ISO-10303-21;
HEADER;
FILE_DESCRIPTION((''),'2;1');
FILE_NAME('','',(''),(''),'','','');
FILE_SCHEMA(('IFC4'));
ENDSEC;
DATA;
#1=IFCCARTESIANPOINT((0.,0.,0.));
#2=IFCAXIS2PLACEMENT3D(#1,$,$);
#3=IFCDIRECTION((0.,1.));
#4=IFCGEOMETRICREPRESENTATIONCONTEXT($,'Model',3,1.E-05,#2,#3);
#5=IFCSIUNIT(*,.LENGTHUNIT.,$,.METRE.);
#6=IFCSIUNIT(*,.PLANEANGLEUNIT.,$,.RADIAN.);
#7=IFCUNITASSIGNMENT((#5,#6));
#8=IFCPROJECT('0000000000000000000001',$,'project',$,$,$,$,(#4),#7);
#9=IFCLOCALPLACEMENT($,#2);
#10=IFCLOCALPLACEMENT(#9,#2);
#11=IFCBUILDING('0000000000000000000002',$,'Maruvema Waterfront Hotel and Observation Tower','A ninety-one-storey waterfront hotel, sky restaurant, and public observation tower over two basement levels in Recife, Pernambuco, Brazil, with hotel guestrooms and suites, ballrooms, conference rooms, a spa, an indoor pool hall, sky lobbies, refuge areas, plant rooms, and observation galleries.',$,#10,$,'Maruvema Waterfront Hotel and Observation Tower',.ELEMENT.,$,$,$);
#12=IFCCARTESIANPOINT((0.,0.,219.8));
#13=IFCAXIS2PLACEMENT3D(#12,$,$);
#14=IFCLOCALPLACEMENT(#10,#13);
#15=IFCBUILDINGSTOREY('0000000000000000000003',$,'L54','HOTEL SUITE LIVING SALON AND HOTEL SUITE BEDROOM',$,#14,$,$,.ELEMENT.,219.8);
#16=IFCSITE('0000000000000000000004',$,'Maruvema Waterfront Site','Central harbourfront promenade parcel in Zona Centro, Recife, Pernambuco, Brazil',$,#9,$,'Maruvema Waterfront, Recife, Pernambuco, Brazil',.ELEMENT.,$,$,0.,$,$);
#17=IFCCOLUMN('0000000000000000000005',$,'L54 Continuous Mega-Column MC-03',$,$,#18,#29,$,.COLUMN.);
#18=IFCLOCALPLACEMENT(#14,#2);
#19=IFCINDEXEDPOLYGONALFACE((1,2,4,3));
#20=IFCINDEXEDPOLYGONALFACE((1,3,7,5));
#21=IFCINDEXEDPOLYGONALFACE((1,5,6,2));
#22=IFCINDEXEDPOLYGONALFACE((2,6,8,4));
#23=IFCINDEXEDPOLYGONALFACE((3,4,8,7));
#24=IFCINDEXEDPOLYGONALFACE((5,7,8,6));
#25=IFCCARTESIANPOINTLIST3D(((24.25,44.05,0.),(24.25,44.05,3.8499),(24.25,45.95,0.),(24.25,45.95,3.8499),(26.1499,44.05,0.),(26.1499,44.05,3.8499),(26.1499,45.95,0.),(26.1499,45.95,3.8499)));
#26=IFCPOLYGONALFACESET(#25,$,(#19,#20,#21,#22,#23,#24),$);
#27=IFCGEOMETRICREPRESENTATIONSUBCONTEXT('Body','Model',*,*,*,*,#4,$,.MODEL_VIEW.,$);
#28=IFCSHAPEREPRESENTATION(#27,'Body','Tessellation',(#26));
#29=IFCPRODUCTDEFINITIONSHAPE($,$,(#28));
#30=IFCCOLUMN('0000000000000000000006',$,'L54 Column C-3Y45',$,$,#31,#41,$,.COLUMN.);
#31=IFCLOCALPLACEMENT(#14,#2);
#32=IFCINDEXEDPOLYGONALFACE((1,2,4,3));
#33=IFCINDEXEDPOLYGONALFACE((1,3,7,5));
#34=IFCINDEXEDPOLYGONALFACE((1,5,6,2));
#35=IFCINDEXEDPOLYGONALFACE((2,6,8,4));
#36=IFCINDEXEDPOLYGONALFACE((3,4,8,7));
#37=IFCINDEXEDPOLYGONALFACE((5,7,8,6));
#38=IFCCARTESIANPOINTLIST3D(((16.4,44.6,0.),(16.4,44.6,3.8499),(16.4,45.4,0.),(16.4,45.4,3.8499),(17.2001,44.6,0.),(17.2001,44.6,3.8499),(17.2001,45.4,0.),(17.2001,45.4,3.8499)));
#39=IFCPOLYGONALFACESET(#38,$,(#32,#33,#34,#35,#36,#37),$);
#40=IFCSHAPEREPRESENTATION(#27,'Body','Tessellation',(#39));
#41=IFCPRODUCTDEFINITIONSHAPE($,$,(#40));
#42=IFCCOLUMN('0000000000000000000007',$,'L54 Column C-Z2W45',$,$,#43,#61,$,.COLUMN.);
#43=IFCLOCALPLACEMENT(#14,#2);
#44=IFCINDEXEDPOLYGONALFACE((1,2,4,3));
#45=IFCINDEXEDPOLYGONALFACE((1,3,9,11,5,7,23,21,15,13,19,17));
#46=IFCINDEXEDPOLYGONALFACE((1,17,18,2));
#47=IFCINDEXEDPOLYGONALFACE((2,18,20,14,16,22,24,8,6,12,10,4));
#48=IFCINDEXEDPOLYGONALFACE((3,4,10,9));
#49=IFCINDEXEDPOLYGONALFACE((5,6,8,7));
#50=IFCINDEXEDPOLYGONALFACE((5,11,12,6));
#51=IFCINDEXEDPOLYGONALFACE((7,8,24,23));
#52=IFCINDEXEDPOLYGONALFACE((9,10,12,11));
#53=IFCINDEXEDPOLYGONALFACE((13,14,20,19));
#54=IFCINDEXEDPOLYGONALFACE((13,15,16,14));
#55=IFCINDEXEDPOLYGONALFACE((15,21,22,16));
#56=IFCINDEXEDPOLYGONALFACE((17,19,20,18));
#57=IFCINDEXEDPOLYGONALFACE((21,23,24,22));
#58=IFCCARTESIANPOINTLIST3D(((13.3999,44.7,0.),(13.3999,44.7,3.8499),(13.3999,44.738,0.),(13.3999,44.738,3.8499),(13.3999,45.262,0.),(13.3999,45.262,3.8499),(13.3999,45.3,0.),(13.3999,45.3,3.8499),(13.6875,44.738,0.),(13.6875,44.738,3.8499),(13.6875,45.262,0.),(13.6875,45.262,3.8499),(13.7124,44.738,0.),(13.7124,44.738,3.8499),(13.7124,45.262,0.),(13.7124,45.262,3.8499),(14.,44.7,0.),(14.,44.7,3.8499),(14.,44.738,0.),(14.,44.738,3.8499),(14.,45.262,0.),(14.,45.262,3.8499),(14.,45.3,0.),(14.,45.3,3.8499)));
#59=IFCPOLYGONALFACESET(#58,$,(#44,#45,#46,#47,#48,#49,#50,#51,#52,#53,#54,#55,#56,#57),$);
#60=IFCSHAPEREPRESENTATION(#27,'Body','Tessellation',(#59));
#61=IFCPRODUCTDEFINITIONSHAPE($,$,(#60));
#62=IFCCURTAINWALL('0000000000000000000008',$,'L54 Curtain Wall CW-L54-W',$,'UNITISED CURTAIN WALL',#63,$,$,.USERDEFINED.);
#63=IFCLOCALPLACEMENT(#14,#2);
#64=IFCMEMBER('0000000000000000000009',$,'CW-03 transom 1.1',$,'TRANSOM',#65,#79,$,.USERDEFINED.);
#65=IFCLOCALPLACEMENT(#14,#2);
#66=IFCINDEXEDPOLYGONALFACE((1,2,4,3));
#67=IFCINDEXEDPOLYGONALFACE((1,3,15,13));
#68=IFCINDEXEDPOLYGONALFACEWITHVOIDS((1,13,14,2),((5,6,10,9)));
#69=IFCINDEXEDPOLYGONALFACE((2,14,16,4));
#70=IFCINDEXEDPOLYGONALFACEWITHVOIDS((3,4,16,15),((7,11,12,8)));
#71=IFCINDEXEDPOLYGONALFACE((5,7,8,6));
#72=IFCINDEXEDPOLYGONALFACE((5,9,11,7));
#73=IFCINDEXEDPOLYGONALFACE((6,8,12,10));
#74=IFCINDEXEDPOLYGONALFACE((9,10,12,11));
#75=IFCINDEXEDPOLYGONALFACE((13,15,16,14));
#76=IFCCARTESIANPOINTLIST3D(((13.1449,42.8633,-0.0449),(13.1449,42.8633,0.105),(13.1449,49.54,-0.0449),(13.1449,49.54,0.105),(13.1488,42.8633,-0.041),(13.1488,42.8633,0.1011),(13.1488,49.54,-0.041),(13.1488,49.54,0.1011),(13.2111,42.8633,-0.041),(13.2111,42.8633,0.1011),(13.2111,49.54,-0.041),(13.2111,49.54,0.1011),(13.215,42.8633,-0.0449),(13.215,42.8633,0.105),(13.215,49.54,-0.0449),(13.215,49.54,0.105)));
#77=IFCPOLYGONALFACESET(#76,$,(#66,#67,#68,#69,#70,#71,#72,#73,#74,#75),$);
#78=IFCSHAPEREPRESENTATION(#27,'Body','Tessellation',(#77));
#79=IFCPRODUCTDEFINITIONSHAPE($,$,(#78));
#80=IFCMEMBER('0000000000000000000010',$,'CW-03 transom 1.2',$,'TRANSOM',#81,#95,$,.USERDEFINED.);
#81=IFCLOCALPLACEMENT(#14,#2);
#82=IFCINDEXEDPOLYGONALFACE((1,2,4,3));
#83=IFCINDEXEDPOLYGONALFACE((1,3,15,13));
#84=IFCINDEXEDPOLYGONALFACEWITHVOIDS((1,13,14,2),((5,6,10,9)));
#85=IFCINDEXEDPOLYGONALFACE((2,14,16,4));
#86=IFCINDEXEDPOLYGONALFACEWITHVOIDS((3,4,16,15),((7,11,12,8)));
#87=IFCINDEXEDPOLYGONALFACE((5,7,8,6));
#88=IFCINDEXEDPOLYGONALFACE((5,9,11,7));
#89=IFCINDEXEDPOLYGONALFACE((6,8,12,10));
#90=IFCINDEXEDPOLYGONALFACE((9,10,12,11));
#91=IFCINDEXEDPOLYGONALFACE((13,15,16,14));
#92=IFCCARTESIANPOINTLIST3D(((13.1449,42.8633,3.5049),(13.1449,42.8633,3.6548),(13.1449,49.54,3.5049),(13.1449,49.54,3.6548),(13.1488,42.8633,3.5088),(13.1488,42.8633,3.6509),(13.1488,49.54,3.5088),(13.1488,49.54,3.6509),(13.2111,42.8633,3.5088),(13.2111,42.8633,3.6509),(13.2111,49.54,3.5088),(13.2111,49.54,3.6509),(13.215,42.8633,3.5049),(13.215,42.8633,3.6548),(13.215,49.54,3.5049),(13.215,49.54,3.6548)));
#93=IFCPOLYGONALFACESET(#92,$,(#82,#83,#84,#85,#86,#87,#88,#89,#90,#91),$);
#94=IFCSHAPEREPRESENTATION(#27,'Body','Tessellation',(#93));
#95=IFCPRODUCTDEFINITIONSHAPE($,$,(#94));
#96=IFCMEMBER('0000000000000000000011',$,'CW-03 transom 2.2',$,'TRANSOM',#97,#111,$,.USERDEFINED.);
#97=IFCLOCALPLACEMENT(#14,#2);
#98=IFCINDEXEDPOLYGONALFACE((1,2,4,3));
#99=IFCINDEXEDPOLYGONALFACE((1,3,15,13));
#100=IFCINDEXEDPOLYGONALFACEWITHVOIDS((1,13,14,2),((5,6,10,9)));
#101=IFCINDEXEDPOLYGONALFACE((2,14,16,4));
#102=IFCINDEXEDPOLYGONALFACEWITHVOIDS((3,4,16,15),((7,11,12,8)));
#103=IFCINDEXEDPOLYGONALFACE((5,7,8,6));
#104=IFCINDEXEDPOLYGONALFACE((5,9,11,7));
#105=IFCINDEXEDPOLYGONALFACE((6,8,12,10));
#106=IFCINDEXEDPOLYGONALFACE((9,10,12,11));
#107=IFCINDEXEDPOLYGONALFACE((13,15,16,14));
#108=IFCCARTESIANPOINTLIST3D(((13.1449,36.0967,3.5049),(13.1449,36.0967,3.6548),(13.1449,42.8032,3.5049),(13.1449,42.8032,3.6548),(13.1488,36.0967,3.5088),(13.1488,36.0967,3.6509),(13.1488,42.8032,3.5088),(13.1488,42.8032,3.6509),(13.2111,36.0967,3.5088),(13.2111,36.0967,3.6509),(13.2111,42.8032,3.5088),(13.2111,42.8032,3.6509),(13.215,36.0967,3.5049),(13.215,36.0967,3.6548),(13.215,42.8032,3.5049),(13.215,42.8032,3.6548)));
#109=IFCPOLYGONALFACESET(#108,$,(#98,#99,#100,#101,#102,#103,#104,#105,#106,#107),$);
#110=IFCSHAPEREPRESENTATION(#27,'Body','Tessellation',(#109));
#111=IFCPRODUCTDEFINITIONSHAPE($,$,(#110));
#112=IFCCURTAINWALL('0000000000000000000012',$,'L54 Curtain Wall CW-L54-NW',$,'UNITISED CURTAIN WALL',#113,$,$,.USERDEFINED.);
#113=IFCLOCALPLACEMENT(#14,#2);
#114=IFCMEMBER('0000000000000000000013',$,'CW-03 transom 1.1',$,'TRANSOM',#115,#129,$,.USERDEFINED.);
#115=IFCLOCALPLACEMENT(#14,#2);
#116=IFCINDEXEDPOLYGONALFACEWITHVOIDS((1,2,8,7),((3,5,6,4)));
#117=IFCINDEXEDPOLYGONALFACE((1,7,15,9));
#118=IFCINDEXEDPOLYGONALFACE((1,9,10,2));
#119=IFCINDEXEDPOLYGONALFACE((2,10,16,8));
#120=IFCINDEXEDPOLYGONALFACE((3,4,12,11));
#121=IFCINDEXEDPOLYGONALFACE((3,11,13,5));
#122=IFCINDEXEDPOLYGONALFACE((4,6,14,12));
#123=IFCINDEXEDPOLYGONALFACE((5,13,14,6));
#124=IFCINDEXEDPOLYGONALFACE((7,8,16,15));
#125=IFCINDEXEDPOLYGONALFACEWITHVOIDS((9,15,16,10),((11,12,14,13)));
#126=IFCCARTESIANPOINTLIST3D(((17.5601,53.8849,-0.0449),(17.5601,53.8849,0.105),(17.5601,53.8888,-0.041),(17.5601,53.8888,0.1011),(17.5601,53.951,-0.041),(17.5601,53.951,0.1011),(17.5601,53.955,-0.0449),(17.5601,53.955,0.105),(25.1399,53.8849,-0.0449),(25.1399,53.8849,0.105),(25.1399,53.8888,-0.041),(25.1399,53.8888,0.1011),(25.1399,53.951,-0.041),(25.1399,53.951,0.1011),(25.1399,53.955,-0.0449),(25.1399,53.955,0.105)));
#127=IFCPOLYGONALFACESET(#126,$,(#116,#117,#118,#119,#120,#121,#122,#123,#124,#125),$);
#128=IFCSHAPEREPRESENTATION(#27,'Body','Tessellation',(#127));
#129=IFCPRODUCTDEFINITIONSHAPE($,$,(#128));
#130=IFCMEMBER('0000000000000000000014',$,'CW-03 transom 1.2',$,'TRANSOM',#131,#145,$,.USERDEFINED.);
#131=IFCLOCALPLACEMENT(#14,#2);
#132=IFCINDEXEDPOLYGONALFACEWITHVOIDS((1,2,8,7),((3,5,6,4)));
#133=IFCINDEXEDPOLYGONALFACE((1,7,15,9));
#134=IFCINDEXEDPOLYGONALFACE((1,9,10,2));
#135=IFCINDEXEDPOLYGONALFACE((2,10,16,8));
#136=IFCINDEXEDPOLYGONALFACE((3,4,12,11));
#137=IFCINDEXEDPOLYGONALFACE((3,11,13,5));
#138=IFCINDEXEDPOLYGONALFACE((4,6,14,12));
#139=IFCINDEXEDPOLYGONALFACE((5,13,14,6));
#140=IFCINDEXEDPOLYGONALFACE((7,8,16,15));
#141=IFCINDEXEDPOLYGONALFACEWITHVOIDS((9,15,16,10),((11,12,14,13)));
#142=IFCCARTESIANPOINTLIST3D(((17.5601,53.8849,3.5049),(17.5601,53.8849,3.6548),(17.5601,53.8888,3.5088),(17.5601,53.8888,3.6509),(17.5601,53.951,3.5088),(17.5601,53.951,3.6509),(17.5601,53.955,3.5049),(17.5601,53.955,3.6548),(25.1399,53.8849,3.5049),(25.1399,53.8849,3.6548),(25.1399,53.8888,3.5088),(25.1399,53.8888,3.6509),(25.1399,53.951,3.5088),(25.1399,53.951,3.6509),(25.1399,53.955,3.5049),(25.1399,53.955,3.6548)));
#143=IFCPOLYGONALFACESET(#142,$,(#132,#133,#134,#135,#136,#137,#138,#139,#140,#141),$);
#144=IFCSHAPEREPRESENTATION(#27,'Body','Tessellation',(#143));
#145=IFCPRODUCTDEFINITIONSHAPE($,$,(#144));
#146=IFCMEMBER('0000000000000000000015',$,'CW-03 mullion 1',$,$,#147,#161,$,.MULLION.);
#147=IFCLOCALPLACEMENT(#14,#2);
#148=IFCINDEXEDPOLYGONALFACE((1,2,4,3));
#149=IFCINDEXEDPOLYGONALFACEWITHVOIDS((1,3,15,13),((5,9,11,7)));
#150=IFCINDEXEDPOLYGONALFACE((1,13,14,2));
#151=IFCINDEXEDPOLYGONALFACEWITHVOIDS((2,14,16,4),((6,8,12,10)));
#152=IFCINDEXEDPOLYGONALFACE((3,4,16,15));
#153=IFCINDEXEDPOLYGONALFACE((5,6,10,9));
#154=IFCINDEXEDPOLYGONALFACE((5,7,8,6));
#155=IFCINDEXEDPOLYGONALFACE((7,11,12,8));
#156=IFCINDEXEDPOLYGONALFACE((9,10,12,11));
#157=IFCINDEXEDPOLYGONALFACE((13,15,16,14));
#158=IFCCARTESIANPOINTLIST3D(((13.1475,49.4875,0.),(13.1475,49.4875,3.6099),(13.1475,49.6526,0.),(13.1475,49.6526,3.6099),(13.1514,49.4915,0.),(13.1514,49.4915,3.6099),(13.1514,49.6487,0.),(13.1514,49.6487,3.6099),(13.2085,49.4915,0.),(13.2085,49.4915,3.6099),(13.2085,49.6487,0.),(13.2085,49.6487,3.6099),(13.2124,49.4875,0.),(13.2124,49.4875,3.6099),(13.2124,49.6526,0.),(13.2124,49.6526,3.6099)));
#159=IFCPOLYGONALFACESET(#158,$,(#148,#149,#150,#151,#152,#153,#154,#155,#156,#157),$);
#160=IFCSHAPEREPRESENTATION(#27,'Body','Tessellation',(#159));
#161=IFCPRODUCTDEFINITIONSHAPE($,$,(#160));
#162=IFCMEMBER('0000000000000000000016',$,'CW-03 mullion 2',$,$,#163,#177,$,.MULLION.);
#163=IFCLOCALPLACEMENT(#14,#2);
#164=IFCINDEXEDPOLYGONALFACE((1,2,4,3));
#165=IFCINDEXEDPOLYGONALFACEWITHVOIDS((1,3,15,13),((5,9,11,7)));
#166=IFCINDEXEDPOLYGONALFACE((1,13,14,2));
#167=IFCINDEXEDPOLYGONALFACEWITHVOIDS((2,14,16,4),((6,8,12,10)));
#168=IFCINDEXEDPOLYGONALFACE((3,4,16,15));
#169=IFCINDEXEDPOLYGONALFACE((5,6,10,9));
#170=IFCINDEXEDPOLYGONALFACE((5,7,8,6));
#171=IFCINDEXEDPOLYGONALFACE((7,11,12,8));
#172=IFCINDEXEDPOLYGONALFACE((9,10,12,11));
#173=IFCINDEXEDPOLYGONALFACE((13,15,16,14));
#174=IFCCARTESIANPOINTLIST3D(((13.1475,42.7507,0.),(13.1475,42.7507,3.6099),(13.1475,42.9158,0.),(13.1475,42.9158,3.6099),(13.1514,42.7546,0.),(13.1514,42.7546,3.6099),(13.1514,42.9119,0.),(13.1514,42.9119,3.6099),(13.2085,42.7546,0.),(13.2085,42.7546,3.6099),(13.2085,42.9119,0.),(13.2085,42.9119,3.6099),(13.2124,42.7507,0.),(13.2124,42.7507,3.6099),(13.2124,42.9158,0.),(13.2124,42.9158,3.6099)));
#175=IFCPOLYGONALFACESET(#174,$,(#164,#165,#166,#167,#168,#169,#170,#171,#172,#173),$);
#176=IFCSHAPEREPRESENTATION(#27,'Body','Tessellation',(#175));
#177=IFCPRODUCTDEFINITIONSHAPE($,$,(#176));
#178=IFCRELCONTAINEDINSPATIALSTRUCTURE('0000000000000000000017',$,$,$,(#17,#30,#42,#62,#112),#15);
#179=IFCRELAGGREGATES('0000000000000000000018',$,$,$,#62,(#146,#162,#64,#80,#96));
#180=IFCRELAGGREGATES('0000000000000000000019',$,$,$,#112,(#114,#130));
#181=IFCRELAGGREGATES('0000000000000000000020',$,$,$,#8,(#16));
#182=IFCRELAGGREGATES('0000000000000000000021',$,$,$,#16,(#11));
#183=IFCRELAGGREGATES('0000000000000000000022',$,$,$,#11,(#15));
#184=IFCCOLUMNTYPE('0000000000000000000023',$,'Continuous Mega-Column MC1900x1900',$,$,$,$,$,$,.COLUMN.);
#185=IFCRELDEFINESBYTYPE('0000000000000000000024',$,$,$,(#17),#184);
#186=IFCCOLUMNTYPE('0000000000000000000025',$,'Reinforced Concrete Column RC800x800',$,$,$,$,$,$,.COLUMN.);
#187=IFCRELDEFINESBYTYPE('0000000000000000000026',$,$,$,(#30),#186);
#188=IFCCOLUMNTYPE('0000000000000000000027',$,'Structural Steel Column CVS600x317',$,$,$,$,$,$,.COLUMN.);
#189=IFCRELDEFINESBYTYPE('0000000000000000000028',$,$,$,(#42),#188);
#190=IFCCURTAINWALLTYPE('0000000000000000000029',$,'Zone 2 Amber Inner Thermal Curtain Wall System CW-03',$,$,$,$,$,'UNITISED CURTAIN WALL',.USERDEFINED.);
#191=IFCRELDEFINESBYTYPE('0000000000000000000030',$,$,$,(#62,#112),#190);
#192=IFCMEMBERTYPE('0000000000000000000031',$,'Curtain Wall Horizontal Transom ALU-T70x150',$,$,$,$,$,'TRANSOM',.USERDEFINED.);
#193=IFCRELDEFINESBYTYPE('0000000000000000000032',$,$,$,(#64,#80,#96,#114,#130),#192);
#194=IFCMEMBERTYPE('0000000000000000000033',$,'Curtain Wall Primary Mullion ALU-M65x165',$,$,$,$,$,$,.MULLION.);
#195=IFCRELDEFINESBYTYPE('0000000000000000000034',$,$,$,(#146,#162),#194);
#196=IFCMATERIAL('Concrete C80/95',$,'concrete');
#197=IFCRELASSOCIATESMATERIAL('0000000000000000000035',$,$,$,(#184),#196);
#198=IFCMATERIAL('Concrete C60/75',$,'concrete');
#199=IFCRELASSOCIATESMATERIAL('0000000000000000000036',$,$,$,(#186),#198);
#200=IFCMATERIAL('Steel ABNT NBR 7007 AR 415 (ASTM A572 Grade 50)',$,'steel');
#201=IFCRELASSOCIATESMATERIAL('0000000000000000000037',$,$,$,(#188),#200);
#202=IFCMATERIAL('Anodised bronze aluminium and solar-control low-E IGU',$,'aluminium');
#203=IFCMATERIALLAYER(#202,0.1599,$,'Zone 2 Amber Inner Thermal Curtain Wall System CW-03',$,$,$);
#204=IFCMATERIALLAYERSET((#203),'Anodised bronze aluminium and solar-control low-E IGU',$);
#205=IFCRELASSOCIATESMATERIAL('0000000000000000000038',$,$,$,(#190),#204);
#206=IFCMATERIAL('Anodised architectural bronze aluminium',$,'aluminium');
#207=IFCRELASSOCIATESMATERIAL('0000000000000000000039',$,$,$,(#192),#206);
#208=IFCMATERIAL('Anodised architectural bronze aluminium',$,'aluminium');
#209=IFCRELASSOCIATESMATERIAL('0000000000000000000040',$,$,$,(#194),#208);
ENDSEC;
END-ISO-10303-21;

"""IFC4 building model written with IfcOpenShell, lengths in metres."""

from ifc_helpers import new_model, si_unit, direction, frame, origin, origin_2d, place, context, subcontext, project, spatial, rectangle, hollow_rectangle, i_section, extrude, material, layer, layer_set, material_profile, profile_set, type_object, element, aggregate, save


model = new_model("IFC4")

# Units and contexts
model_context = context("Model", 3, precision=1e-05, world=origin(), true_north=direction((0.0, 1.0)))
body_context = subcontext(model_context, "Body", "Model", "MODEL_VIEW")
ifc_project = project(units=[si_unit("LENGTHUNIT", "METRE"), si_unit("PLANEANGLEUNIT", "RADIAN")], contexts=[model_context])

# Site, building, storey
site_placement = place(None, origin())
site = spatial("IfcSite", under=ifc_project, at=site_placement, Name="Maruvema Waterfront Site", Description="Central harbourfront promenade parcel in Zona Centro, Recife, Pernambuco, Brazil", LongName="Maruvema Waterfront, Recife, Pernambuco, Brazil", CompositionType="ELEMENT", RefElevation=0.0)
building_placement = place(site_placement, origin())
building = spatial("IfcBuilding", under=site, at=building_placement, Name="Maruvema Waterfront Hotel and Observation Tower", Description="A ninety-one-storey waterfront hotel, sky restaurant, and public observation tower over two basement levels in Recife, Pernambuco, Brazil, with hotel guestrooms and suites, ballrooms, conference rooms, a spa, an indoor pool hall, sky lobbies, refuge areas, plant rooms, and observation galleries.", LongName="Maruvema Waterfront Hotel and Observation Tower", CompositionType="ELEMENT")
storey_placement = place(building_placement, frame((0.0, 0.0, 219.8)))
storey = spatial("IfcBuildingStorey", under=building, at=storey_placement, Name="L54", Description="HOTEL SUITE LIVING SALON AND HOTEL SUITE BEDROOM", CompositionType="ELEMENT", Elevation=219.8)

# Columns
ifc_material_1 = material(Name="Concrete C80/95", Category="concrete")
ifc_material_profile_1 = material_profile(ifc_material_1, rectangle(XDim=1.8999, YDim=1.8999, at=origin_2d()), Name="MC1900x1900")
ifc_profile_set_1 = profile_set([ifc_material_profile_1], Name="Concrete C80/95")
column_type_1 = type_object("IfcColumnType", Name="Continuous Mega-Column MC1900x1900", PredefinedType="COLUMN", material=ifc_profile_set_1)
column_1_placement = place(storey_placement, frame((25.2, 45.0, 0.0), z_axis=(0.0, 0.0, 1.0), x_axis=(1.0, 0.0, 0.0)))
element("IfcColumn", 1, at=column_1_placement, inside=storey, type_object=column_type_1, Name="L54 Continuous Mega-Column MC-03", PredefinedType="COLUMN", context=body_context, shape_type="SweptSolid", body=[
    extrude(rectangle(XDim=1.8999, YDim=1.8999, at=origin_2d()), origin(), (0.0, 0.0, 1.0), 3.8499),
])
ifc_material_2 = material(Name="Concrete C60/75", Category="concrete")
ifc_material_profile_2 = material_profile(ifc_material_2, rectangle(XDim=0.8, YDim=0.8, at=origin_2d()), Name="RC800x800")
ifc_profile_set_2 = profile_set([ifc_material_profile_2], Name="Concrete C60/75")
column_type_2 = type_object("IfcColumnType", Name="Reinforced Concrete Column RC800x800", PredefinedType="COLUMN", material=ifc_profile_set_2)
column_2_placement = place(storey_placement, frame((16.8, 45.0, 0.0), z_axis=(0.0, 0.0, 1.0), x_axis=(1.0, 0.0, 0.0)))
element("IfcColumn", 2, at=column_2_placement, inside=storey, type_object=column_type_2, Name="L54 Column C-3Y45", PredefinedType="COLUMN", context=body_context, shape_type="SweptSolid", body=[
    extrude(rectangle(XDim=0.8, YDim=0.8, at=origin_2d()), origin(), (0.0, 0.0, 1.0), 3.8499),
])
ifc_material_3 = material(Name="Steel ABNT NBR 7007 AR 415 (ASTM A572 Grade 50)", Category="steel")
ifc_material_profile_3 = material_profile(ifc_material_3, i_section(OverallWidth=0.6001, OverallDepth=0.6001, WebThickness=0.0249, FlangeThickness=0.0381, at=origin_2d()), Name="CVS600x317")
ifc_profile_set_3 = profile_set([ifc_material_profile_3], Name="Steel ABNT NBR 7007 AR 415 (ASTM A572 Grade 50)")
column_type_3 = type_object("IfcColumnType", Name="Structural Steel Column CVS600x317", PredefinedType="COLUMN", material=ifc_profile_set_3)
column_3_placement = place(storey_placement, frame((13.7, 45.0, 0.0), z_axis=(0.0, 0.0, 1.0), x_axis=(1.0, 0.0, 0.0)))
element("IfcColumn", 3, at=column_3_placement, inside=storey, type_object=column_type_3, Name="L54 Column C-Z2W45", PredefinedType="COLUMN", context=body_context, shape_type="SweptSolid", body=[
    extrude(i_section(OverallWidth=0.6001, OverallDepth=0.6001, WebThickness=0.0249, FlangeThickness=0.0381, at=origin_2d()), origin(), (0.0, 0.0, 1.0), 3.8499),
])

# Curtain walls, members
ifc_material_4 = material(Name="Anodised bronze aluminium and solar-control low-E IGU", Category="aluminium")
ifc_layer_1 = layer(ifc_material_4, 0.1599, Name="Zone 2 Amber Inner Thermal Curtain Wall System CW-03")
ifc_layer_set_1 = layer_set([ifc_layer_1], Name="Anodised bronze aluminium and solar-control low-E IGU")
curtain_wall_type = type_object("IfcCurtainWallType", Name="Zone 2 Amber Inner Thermal Curtain Wall System CW-03", ElementType="UNITISED CURTAIN WALL", PredefinedType="USERDEFINED", material=ifc_layer_set_1)
curtain_wall_1_placement = place(storey_placement, origin())
curtain_wall_1 = element("IfcCurtainWall", 4, at=curtain_wall_1_placement, inside=storey, type_object=curtain_wall_type, Name="L54 Curtain Wall CW-L54-W", ObjectType="UNITISED CURTAIN WALL", PredefinedType="USERDEFINED")
ifc_material_5 = material(Name="Anodised architectural bronze aluminium", Category="aluminium")
ifc_material_profile_4 = material_profile(ifc_material_5, hollow_rectangle(XDim=0.0701, YDim=0.1499, WallThickness=0.0039, at=origin_2d()), Name="ALU-T70x150")
ifc_profile_set_4 = profile_set([ifc_material_profile_4], Name="Anodised architectural bronze aluminium")
member_type_1 = type_object("IfcMemberType", Name="Curtain Wall Horizontal Transom ALU-T70x150", ElementType="TRANSOM", PredefinedType="USERDEFINED", material=ifc_profile_set_4)
member_1_placement = place(storey_placement, frame((13.1799, 49.54, 0.03), z_axis=(0.0, -1.0, 0.0), x_axis=(1.0, 0.0, 0.0)))
member_1 = element("IfcMember", 5, at=member_1_placement, type_object=member_type_1, Name="CW-03 transom 1.1", ObjectType="TRANSOM", PredefinedType="USERDEFINED", context=body_context, shape_type="SweptSolid", body=[
    extrude(hollow_rectangle(XDim=0.0701, YDim=0.1499, WallThickness=0.0039, at=origin_2d()), origin(), (0.0, 0.0, 1.0), 6.6768),
])
member_2_placement = place(storey_placement, frame((13.1799, 49.54, 3.5798), z_axis=(0.0, -1.0, 0.0), x_axis=(1.0, 0.0, 0.0)))
member_2 = element("IfcMember", 6, at=member_2_placement, type_object=member_type_1, Name="CW-03 transom 1.2", ObjectType="TRANSOM", PredefinedType="USERDEFINED", context=body_context, shape_type="SweptSolid", body=[
    extrude(hollow_rectangle(XDim=0.0701, YDim=0.1499, WallThickness=0.0039, at=origin_2d()), origin(), (0.0, 0.0, 1.0), 6.6768),
])
member_3_placement = place(storey_placement, frame((13.1799, 42.8032, 3.5798), z_axis=(0.0, -1.0, 0.0), x_axis=(1.0, 0.0, 0.0)))
member_3 = element("IfcMember", 7, at=member_3_placement, type_object=member_type_1, Name="CW-03 transom 2.2", ObjectType="TRANSOM", PredefinedType="USERDEFINED", context=body_context, shape_type="SweptSolid", body=[
    extrude(hollow_rectangle(XDim=0.0701, YDim=0.1499, WallThickness=0.0039, at=origin_2d()), origin(), (0.0, 0.0, 1.0), 6.7065),
])
curtain_wall_2_placement = place(storey_placement, origin())
curtain_wall_2 = element("IfcCurtainWall", 8, at=curtain_wall_2_placement, inside=storey, type_object=curtain_wall_type, Name="L54 Curtain Wall CW-L54-NW", ObjectType="UNITISED CURTAIN WALL", PredefinedType="USERDEFINED")
member_4_placement = place(storey_placement, frame((25.1399, 53.9199, 0.03), z_axis=(-1.0, 0.0, 0.0), x_axis=(0.0, -1.0, 0.0)))
member_4 = element("IfcMember", 9, at=member_4_placement, type_object=member_type_1, Name="CW-03 transom 1.1", ObjectType="TRANSOM", PredefinedType="USERDEFINED", context=body_context, shape_type="SweptSolid", body=[
    extrude(hollow_rectangle(XDim=0.0701, YDim=0.1499, WallThickness=0.0039, at=origin_2d()), origin(), (0.0, 0.0, 1.0), 7.5798),
])
member_5_placement = place(storey_placement, frame((25.1399, 53.9199, 3.5798), z_axis=(-1.0, 0.0, 0.0), x_axis=(0.0, -1.0, 0.0)))
member_5 = element("IfcMember", 10, at=member_5_placement, type_object=member_type_1, Name="CW-03 transom 1.2", ObjectType="TRANSOM", PredefinedType="USERDEFINED", context=body_context, shape_type="SweptSolid", body=[
    extrude(hollow_rectangle(XDim=0.0701, YDim=0.1499, WallThickness=0.0039, at=origin_2d()), origin(), (0.0, 0.0, 1.0), 7.5798),
])

# Members
ifc_material_6 = material(Name="Anodised architectural bronze aluminium", Category="aluminium")
ifc_material_profile_5 = material_profile(ifc_material_6, hollow_rectangle(XDim=0.0649, YDim=0.165, WallThickness=0.0039, at=origin_2d()), Name="ALU-M65x165")
ifc_profile_set_5 = profile_set([ifc_material_profile_5], Name="Anodised architectural bronze aluminium")
member_type_2 = type_object("IfcMemberType", Name="Curtain Wall Primary Mullion ALU-M65x165", PredefinedType="MULLION", material=ifc_profile_set_5)
member_6_placement = place(storey_placement, frame((13.1799, 49.5701, 0.0), z_axis=(0.0, 0.0, 1.0), x_axis=(1.0, 0.0, 0.0)))
member_6 = element("IfcMember", 11, at=member_6_placement, type_object=member_type_2, Name="CW-03 mullion 1", PredefinedType="MULLION", context=body_context, shape_type="SweptSolid", body=[
    extrude(hollow_rectangle(XDim=0.0649, YDim=0.165, WallThickness=0.0039, at=origin_2d()), origin(), (0.0, 0.0, 1.0), 3.6099),
])
member_7_placement = place(storey_placement, frame((13.1799, 42.8333, 0.0), z_axis=(0.0, 0.0, 1.0), x_axis=(1.0, 0.0, 0.0)))
member_7 = element("IfcMember", 12, at=member_7_placement, type_object=member_type_2, Name="CW-03 mullion 2", PredefinedType="MULLION", context=body_context, shape_type="SweptSolid", body=[
    extrude(hollow_rectangle(XDim=0.0649, YDim=0.165, WallThickness=0.0039, at=origin_2d()), origin(), (0.0, 0.0, 1.0), 3.6099),
])

aggregate(curtain_wall_1, [member_6, member_7, member_1, member_2, member_3])
aggregate(curtain_wall_2, [member_4, member_5])

save(model, "model.ifc")
